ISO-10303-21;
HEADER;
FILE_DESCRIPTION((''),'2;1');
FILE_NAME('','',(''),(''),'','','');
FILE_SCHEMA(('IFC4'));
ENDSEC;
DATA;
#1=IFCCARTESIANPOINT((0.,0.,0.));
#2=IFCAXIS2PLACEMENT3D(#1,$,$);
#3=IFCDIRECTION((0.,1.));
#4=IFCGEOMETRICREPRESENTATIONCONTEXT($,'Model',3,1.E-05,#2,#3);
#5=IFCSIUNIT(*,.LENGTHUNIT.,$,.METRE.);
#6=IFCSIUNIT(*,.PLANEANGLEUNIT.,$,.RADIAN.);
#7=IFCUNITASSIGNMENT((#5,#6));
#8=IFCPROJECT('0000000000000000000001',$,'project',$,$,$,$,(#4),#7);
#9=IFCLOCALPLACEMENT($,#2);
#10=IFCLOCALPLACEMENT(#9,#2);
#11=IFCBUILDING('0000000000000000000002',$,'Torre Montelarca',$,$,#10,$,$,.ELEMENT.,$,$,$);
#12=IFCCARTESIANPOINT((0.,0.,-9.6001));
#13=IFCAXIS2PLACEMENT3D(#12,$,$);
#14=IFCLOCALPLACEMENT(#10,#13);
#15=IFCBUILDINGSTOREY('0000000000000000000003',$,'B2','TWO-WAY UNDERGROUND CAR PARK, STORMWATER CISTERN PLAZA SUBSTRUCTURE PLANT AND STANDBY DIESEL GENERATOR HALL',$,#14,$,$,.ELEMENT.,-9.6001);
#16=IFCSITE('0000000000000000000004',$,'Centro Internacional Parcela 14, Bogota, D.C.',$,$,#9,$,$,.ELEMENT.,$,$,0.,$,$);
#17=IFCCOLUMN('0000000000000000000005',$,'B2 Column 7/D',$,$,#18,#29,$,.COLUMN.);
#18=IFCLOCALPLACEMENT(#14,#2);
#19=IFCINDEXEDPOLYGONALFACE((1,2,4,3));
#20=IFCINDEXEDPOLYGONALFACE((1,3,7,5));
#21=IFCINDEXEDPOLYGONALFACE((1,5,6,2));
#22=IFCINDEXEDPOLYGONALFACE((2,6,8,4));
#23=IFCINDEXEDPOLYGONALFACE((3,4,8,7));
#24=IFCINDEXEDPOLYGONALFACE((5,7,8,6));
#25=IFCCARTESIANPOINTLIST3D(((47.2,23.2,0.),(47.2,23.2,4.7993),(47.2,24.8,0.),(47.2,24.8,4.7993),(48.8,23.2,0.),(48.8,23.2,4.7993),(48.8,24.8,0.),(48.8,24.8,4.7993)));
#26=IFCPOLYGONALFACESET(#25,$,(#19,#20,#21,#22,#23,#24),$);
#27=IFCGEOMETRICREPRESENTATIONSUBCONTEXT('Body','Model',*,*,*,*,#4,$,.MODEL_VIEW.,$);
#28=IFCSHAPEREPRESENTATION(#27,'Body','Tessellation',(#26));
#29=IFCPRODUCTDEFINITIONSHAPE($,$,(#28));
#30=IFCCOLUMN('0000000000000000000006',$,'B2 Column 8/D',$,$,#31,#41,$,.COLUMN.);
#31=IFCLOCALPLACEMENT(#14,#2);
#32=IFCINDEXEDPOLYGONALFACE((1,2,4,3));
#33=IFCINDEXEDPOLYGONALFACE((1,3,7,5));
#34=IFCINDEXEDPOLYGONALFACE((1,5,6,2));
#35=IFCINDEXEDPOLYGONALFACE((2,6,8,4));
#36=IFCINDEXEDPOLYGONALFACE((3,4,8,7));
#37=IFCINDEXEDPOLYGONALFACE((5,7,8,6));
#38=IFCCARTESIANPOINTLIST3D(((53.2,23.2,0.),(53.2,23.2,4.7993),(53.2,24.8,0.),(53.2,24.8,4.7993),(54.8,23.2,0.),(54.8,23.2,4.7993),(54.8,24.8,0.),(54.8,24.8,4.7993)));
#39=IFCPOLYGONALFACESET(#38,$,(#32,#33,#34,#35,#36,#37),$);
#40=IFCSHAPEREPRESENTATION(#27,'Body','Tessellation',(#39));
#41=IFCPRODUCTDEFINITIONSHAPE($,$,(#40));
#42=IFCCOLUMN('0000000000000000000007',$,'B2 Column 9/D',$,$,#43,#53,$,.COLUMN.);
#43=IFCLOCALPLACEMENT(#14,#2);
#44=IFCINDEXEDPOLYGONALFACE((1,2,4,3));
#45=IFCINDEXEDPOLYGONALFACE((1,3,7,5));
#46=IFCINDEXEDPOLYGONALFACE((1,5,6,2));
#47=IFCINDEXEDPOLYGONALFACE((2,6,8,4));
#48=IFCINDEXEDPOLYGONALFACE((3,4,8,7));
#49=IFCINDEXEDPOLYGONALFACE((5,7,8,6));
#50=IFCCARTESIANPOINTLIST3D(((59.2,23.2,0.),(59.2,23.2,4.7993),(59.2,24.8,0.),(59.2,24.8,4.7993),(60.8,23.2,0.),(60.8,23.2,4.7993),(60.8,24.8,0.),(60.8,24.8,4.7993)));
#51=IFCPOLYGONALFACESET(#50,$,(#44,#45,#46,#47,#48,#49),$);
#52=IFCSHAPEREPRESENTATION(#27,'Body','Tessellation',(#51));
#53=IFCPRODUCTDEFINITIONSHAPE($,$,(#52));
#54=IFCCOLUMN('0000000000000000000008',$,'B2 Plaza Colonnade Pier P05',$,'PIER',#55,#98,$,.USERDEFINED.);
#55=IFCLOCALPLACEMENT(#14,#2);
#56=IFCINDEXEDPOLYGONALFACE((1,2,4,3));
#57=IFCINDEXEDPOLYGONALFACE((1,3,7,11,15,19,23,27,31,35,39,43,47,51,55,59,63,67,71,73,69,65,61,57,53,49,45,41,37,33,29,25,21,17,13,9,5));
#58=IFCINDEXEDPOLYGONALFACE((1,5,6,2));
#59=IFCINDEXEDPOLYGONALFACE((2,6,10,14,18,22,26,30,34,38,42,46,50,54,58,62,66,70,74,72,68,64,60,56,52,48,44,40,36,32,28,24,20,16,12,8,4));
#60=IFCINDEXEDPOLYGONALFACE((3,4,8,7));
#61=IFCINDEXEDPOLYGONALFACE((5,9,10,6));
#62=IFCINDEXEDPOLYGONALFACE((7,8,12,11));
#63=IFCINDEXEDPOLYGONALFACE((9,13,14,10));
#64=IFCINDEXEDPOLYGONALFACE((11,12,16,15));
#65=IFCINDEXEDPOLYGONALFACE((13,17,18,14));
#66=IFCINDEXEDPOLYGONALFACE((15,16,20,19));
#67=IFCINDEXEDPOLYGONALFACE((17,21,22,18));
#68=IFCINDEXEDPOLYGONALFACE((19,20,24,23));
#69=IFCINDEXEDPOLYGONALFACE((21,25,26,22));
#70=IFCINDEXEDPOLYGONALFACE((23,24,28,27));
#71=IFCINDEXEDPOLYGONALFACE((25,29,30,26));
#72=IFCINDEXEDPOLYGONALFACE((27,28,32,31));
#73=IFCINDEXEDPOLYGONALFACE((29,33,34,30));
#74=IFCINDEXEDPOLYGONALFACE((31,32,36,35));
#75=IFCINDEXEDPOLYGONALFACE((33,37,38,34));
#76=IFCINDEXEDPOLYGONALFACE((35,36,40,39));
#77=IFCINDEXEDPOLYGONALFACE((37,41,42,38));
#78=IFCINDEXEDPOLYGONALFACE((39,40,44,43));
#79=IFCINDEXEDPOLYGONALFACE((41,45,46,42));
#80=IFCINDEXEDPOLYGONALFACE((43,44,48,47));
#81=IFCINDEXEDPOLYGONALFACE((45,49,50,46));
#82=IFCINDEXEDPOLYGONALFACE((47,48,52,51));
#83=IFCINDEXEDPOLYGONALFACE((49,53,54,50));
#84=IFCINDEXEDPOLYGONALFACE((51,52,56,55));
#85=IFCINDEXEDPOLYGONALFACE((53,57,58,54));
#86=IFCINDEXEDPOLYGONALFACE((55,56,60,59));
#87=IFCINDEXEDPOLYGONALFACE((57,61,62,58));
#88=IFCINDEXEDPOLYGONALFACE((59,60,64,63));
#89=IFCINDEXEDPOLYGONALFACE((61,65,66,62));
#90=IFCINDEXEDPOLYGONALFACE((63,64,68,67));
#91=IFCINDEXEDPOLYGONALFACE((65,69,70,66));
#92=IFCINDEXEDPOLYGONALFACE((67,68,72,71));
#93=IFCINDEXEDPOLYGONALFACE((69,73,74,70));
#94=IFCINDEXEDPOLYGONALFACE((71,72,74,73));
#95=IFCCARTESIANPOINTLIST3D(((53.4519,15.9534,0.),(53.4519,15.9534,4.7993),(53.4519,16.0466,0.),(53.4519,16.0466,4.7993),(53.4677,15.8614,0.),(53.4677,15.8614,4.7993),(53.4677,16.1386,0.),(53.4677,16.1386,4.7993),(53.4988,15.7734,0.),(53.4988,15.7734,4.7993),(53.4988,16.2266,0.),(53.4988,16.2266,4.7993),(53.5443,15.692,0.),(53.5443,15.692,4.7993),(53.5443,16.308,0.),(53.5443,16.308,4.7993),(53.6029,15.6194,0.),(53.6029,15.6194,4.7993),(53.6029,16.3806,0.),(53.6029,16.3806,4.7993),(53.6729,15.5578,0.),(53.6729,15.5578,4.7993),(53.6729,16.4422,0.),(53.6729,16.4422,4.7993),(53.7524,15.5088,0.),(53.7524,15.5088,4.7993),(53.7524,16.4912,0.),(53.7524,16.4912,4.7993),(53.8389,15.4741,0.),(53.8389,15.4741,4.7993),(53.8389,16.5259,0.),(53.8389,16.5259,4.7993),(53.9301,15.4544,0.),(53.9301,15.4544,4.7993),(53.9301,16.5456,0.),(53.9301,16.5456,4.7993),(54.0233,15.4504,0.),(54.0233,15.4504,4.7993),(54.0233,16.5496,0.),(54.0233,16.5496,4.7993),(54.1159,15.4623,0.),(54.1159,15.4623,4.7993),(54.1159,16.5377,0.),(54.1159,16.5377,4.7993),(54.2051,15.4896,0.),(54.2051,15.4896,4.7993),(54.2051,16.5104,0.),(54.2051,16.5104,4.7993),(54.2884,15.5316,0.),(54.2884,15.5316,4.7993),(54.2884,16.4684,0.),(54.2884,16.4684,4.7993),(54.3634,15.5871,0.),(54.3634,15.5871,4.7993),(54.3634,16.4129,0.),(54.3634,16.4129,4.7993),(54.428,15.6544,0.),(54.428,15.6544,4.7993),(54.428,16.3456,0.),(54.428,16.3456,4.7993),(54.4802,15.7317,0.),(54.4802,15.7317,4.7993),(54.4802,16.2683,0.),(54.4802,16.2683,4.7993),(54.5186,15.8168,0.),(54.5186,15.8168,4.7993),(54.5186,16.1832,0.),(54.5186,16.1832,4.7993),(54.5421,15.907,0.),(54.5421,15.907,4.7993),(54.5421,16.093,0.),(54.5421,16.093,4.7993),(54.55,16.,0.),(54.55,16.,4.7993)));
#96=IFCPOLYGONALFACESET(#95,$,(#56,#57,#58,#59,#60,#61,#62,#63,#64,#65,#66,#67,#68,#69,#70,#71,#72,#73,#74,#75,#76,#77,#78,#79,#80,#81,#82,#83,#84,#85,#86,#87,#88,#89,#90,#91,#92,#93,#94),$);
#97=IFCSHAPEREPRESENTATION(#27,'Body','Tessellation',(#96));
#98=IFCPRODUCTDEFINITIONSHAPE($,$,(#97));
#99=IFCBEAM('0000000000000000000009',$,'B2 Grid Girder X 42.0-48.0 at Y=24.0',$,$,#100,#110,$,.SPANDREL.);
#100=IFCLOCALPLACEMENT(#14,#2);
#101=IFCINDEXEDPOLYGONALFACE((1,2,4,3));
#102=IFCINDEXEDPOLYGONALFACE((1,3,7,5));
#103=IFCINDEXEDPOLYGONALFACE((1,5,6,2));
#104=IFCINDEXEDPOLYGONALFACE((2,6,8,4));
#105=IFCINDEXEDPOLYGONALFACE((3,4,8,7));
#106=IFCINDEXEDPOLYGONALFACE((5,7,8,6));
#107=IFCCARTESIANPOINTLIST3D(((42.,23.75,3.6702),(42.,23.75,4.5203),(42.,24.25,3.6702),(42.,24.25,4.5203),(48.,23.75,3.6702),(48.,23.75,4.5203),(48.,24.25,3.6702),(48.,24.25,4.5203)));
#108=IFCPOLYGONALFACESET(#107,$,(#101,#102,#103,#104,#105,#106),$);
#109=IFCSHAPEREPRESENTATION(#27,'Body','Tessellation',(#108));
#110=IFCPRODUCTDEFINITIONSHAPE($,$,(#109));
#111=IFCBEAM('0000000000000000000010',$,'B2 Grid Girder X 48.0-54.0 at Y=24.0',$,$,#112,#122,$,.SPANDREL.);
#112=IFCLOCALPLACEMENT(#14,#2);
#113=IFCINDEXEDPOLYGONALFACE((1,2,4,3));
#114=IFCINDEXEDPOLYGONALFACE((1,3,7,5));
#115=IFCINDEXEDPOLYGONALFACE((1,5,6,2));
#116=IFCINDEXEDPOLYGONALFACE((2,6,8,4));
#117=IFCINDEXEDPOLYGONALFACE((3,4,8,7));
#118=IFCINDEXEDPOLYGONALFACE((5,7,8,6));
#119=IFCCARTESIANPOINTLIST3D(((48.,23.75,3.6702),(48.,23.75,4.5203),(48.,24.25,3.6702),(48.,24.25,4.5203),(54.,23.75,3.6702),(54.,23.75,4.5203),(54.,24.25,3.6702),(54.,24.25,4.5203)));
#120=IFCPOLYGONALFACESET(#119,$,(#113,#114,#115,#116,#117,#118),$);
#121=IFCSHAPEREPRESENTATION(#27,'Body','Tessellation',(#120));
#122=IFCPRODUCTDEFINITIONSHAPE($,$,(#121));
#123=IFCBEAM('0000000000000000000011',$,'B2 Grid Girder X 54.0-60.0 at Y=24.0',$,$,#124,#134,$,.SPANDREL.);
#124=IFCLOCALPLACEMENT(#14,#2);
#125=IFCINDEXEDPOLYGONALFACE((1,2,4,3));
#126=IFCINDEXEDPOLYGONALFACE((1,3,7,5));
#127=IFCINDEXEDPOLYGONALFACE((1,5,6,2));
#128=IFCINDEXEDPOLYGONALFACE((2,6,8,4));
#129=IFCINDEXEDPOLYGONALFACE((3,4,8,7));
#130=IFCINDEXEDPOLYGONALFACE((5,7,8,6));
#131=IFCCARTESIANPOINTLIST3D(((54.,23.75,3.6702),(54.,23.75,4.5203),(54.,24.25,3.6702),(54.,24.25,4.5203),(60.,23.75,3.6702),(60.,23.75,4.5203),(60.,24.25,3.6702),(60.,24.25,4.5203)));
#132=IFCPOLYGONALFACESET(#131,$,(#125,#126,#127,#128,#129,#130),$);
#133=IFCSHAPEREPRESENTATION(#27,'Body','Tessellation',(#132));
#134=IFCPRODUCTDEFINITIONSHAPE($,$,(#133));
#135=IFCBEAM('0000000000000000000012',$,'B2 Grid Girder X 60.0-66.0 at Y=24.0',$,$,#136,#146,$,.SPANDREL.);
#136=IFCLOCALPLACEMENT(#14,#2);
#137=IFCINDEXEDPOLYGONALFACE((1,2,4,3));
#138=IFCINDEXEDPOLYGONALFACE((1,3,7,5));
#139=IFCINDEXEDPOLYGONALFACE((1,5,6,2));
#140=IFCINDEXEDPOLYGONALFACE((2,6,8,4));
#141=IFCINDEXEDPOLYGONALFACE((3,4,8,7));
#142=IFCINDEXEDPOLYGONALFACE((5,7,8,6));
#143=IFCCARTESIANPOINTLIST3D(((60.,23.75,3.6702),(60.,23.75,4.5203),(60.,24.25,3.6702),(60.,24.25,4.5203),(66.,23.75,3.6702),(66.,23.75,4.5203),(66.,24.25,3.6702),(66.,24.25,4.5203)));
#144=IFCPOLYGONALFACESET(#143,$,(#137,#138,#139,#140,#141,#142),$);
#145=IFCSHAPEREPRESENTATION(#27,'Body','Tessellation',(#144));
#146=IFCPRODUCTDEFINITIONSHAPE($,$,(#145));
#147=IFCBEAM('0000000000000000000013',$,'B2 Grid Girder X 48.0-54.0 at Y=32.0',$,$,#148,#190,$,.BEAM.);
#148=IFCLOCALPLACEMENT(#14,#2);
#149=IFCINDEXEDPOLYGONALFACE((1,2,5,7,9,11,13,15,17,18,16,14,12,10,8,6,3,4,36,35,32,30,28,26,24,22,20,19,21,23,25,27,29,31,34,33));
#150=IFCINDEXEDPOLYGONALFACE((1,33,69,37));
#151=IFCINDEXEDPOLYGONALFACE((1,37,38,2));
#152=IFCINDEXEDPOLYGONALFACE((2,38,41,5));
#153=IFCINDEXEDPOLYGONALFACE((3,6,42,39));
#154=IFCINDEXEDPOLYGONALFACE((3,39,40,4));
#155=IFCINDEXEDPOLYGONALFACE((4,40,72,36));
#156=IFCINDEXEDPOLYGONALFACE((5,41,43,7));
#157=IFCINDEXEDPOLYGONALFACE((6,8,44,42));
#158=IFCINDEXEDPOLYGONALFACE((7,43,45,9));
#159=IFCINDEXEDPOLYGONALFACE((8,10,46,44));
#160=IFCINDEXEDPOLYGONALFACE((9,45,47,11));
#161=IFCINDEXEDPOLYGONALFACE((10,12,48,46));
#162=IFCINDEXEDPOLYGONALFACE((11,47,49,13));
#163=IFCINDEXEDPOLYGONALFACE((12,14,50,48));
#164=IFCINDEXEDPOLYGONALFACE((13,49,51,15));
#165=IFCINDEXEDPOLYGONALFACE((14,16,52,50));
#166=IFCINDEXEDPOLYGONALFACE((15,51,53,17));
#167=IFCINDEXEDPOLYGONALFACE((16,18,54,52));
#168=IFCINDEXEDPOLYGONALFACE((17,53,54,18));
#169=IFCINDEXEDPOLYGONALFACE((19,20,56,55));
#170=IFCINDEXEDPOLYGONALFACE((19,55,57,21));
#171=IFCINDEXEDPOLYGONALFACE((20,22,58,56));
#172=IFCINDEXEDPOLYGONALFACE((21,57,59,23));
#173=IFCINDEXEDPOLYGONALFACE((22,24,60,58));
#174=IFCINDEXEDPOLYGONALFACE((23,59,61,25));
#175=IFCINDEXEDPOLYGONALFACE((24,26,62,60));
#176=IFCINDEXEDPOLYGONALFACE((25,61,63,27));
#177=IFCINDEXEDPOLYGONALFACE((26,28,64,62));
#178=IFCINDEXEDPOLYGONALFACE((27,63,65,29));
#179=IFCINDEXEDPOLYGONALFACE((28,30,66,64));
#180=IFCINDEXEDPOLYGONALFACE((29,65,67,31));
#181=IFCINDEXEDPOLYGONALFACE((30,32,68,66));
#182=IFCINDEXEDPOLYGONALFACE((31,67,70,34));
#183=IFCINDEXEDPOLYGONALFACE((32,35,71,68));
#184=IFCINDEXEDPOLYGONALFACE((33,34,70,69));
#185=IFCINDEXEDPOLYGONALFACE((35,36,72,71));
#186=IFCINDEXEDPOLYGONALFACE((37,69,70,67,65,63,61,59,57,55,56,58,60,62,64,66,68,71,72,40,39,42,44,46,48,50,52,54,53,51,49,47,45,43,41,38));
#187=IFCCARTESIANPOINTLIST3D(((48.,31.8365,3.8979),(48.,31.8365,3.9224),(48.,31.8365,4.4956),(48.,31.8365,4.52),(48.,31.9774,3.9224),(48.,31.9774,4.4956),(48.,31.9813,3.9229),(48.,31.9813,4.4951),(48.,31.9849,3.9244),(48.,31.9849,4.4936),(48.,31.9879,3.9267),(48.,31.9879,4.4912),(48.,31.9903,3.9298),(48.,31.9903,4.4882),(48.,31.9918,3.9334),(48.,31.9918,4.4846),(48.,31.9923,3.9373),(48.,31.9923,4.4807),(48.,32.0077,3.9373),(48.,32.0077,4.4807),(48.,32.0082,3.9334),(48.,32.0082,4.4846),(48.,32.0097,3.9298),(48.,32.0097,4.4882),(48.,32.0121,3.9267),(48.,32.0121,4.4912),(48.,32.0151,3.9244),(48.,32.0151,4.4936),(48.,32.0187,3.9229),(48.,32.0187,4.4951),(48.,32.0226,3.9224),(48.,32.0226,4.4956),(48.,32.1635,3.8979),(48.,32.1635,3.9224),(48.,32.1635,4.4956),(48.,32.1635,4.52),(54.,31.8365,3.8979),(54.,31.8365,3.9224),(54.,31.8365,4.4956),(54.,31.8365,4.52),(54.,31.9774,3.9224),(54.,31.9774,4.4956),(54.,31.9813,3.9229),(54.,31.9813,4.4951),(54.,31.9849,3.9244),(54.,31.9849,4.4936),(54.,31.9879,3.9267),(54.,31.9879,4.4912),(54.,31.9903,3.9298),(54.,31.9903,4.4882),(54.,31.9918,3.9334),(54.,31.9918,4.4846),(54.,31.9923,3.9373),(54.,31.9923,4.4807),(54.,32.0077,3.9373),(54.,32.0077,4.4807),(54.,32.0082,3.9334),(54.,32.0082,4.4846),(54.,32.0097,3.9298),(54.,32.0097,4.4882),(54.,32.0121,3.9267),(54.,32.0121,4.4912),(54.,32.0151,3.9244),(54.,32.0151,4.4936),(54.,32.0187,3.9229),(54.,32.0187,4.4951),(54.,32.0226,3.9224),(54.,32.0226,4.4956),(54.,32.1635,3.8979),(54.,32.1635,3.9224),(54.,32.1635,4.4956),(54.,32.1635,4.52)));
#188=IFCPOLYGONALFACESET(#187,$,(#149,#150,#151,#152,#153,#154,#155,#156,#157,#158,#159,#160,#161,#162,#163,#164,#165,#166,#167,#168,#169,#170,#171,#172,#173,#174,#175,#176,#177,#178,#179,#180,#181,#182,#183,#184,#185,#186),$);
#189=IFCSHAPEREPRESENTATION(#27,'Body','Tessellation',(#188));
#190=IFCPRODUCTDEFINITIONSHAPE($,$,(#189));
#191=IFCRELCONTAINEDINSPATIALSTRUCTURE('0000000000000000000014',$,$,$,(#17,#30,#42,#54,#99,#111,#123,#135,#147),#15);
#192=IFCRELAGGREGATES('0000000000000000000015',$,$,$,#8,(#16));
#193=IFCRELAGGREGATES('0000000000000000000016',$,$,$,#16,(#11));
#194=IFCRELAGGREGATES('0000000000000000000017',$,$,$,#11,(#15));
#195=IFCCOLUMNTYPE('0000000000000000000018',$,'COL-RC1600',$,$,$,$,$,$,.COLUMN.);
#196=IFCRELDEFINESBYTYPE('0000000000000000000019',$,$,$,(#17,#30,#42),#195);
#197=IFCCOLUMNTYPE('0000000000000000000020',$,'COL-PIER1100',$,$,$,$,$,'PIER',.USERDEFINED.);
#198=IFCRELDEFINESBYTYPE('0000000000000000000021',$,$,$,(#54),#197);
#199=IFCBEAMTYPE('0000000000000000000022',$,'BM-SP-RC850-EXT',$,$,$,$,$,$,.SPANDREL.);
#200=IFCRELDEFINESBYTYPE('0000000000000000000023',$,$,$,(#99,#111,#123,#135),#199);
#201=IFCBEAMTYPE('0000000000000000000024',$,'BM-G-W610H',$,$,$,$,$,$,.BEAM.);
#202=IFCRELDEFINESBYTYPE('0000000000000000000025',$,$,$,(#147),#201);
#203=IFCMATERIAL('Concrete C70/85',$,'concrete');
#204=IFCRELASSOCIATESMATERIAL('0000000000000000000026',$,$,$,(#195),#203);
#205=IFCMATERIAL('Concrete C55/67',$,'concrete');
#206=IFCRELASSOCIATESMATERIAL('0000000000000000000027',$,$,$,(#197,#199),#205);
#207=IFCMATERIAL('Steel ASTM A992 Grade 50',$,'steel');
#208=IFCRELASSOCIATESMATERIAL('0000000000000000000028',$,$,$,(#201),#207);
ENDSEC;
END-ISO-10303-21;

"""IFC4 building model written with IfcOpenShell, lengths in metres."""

from ifc_helpers import new_model, si_unit, direction, frame, origin, origin_2d, place, context, subcontext, project, spatial, rectangle, circle, i_section, extrude, source, transform, mapped, material, material_profile, profile_set, type_object, element, save


model = new_model("IFC4")

# Units and contexts
model_context = context("Model", 3, precision=1e-05, world=origin(), true_north=direction((0.0, 1.0)))
body_context = subcontext(model_context, "Body", "Model", "MODEL_VIEW")
ifc_project = project(units=[si_unit("LENGTHUNIT", "METRE"), si_unit("PLANEANGLEUNIT", "RADIAN")], contexts=[model_context])

# Site, building, storey
site_placement = place(None, origin())
site = spatial("IfcSite", under=ifc_project, at=site_placement, Name="Centro Internacional Parcela 14, Bogota, D.C.", CompositionType="ELEMENT", RefElevation=0.0)
building_placement = place(site_placement, origin())
building = spatial("IfcBuilding", under=site, at=building_placement, Name="Torre Montelarca", CompositionType="ELEMENT")
storey_placement = place(building_placement, frame((0.0, 0.0, -9.6001)))
storey = spatial("IfcBuildingStorey", under=building, at=storey_placement, Name="B2", Description="TWO-WAY UNDERGROUND CAR PARK, STORMWATER CISTERN PLAZA SUBSTRUCTURE PLANT AND STANDBY DIESEL GENERATOR HALL", CompositionType="ELEMENT", Elevation=-9.6001)

# Columns
ifc_material_1 = material(Name="Concrete C70/85", Category="concrete")
ifc_material_profile_1 = material_profile(ifc_material_1, rectangle(XDim=1.6001, YDim=1.6001, at=origin_2d()), Name="RC1600X1600", Category="concrete")
ifc_profile_set_1 = profile_set([ifc_material_profile_1], Name="Concrete C70/85")
column_type_1 = type_object("IfcColumnType", Name="COL-RC1600", PredefinedType="COLUMN", material=ifc_profile_set_1)
shared_shape_1 = source(origin(), body_context, "Body", "SweptSolid", [
    extrude(rectangle(XDim=1.6001, YDim=1.6001, at=origin_2d()), origin(), (0.0, 0.0, 1.0), 4.7993),
])
for number, where, z_axis, x_axis, name in (
    (1, (48.0, 24.0, 0.0), (0.0, 0.0, 1.0), (1.0, 0.0, 0.0), "B2 Column 7/D"),
    (2, (54.0, 24.0, 0.0), (0.0, 0.0, 1.0), (1.0, 0.0, 0.0), "B2 Column 8/D"),
    (3, (60.0, 24.0, 0.0), (0.0, 0.0, 1.0), (1.0, 0.0, 0.0), "B2 Column 9/D"),
):
    element("IfcColumn", number, at=place(storey_placement, frame(where, z_axis=z_axis, x_axis=x_axis)), inside=storey, type_object=column_type_1, Name=name, PredefinedType="COLUMN", context=body_context, shape_type="MappedRepresentation", body=[
        mapped(shared_shape_1, transform((0.0, 0.0, 0.0), scale=1.0)),
    ])
ifc_material_2 = material(Name="Concrete C55/67", Category="concrete")
ifc_material_profile_2 = material_profile(ifc_material_2, circle(Radius=0.55, at=origin_2d()), Name="RCC1100", Category="concrete")
ifc_profile_set_2 = profile_set([ifc_material_profile_2], Name="Concrete C55/67")
column_type_2 = type_object("IfcColumnType", Name="COL-PIER1100", ElementType="PIER", PredefinedType="USERDEFINED", material=ifc_profile_set_2)
shared_shape_2 = source(origin(), body_context, "Body", "SweptSolid", [
    extrude(circle(Radius=0.55, at=origin_2d()), origin(), (0.0, 0.0, 1.0), 4.7993),
])
column_placement = place(storey_placement, frame((54.0, 16.0, 0.0), z_axis=(0.0, 0.0, 1.0), x_axis=(1.0, 0.0, 0.0)))
element("IfcColumn", 4, at=column_placement, inside=storey, type_object=column_type_2, Name="B2 Plaza Colonnade Pier P05", ObjectType="PIER", PredefinedType="USERDEFINED", context=body_context, shape_type="MappedRepresentation", body=[
    mapped(shared_shape_2, transform((0.0, 0.0, 0.0), scale=1.0)),
])

# Beams
ifc_material_profile_3 = material_profile(ifc_material_2, rectangle(XDim=0.5, YDim=0.8501, at=origin_2d()), Name="RCB500X850", Category="concrete")
ifc_profile_set_3 = profile_set([ifc_material_profile_3], Name="Concrete C55/67")
beam_type_1 = type_object("IfcBeamType", Name="BM-SP-RC850-EXT", PredefinedType="SPANDREL", material=ifc_profile_set_3)
shared_shape_3 = source(origin(), body_context, "Body", "SweptSolid", [
    extrude(rectangle(XDim=0.5, YDim=0.8501, at=origin_2d()), origin(), (0.0, 0.0, 1.0), 6.0),
])
for number, where, z_axis, x_axis, name in (
    (5, (42.0, 24.0, 4.0952), (1.0, 0.0, 0.0), (0.0, 1.0, 0.0), "B2 Grid Girder X 42.0-48.0 at Y=24.0"),
    (6, (48.0, 24.0, 4.0952), (1.0, 0.0, 0.0), (0.0, 1.0, 0.0), "B2 Grid Girder X 48.0-54.0 at Y=24.0"),
    (7, (54.0, 24.0, 4.0952), (1.0, 0.0, 0.0), (0.0, 1.0, 0.0), "B2 Grid Girder X 54.0-60.0 at Y=24.0"),
    (8, (60.0, 24.0, 4.0952), (1.0, 0.0, 0.0), (0.0, 1.0, 0.0), "B2 Grid Girder X 60.0-66.0 at Y=24.0"),
):
    element("IfcBeam", number, at=place(storey_placement, frame(where, z_axis=z_axis, x_axis=x_axis)), inside=storey, type_object=beam_type_1, Name=name, PredefinedType="SPANDREL", context=body_context, shape_type="MappedRepresentation", body=[
        mapped(shared_shape_3, transform((0.0, 0.0, 0.0), scale=1.0)),
    ])
ifc_material_3 = material(Name="Steel ASTM A992 Grade 50", Category="steel")
ifc_material_profile_4 = material_profile(ifc_material_3, i_section(OverallWidth=0.3269, OverallDepth=0.6221, WebThickness=0.0154, FlangeThickness=0.0244, FilletRadius=0.0149, at=origin_2d()), Name="W610X195", Category="steel")
ifc_profile_set_4 = profile_set([ifc_material_profile_4], Name="Steel ASTM A992 Grade 50")
beam_type_2 = type_object("IfcBeamType", Name="BM-G-W610H", PredefinedType="BEAM", material=ifc_profile_set_4)
shared_shape_4 = source(origin(), body_context, "Body", "SweptSolid", [
    extrude(i_section(OverallWidth=0.3269, OverallDepth=0.6221, WebThickness=0.0154, FlangeThickness=0.0244, FilletRadius=0.0149, at=origin_2d()), origin(), (0.0, 0.0, 1.0), 6.0),
])
for number, where, z_axis, x_axis, name in (
    (9, (48.0, 32.0, 4.209), (1.0, 0.0, 0.0), (0.0, 1.0, 0.0), "B2 Grid Girder X 48.0-54.0 at Y=32.0"),
):
    element("IfcBeam", number, at=place(storey_placement, frame(where, z_axis=z_axis, x_axis=x_axis)), inside=storey, type_object=beam_type_2, Name=name, PredefinedType="BEAM", context=body_context, shape_type="MappedRepresentation", body=[
        mapped(shared_shape_4, transform((0.0, 0.0, 0.0), scale=1.0)),
    ])

save(model, "model.ifc")
